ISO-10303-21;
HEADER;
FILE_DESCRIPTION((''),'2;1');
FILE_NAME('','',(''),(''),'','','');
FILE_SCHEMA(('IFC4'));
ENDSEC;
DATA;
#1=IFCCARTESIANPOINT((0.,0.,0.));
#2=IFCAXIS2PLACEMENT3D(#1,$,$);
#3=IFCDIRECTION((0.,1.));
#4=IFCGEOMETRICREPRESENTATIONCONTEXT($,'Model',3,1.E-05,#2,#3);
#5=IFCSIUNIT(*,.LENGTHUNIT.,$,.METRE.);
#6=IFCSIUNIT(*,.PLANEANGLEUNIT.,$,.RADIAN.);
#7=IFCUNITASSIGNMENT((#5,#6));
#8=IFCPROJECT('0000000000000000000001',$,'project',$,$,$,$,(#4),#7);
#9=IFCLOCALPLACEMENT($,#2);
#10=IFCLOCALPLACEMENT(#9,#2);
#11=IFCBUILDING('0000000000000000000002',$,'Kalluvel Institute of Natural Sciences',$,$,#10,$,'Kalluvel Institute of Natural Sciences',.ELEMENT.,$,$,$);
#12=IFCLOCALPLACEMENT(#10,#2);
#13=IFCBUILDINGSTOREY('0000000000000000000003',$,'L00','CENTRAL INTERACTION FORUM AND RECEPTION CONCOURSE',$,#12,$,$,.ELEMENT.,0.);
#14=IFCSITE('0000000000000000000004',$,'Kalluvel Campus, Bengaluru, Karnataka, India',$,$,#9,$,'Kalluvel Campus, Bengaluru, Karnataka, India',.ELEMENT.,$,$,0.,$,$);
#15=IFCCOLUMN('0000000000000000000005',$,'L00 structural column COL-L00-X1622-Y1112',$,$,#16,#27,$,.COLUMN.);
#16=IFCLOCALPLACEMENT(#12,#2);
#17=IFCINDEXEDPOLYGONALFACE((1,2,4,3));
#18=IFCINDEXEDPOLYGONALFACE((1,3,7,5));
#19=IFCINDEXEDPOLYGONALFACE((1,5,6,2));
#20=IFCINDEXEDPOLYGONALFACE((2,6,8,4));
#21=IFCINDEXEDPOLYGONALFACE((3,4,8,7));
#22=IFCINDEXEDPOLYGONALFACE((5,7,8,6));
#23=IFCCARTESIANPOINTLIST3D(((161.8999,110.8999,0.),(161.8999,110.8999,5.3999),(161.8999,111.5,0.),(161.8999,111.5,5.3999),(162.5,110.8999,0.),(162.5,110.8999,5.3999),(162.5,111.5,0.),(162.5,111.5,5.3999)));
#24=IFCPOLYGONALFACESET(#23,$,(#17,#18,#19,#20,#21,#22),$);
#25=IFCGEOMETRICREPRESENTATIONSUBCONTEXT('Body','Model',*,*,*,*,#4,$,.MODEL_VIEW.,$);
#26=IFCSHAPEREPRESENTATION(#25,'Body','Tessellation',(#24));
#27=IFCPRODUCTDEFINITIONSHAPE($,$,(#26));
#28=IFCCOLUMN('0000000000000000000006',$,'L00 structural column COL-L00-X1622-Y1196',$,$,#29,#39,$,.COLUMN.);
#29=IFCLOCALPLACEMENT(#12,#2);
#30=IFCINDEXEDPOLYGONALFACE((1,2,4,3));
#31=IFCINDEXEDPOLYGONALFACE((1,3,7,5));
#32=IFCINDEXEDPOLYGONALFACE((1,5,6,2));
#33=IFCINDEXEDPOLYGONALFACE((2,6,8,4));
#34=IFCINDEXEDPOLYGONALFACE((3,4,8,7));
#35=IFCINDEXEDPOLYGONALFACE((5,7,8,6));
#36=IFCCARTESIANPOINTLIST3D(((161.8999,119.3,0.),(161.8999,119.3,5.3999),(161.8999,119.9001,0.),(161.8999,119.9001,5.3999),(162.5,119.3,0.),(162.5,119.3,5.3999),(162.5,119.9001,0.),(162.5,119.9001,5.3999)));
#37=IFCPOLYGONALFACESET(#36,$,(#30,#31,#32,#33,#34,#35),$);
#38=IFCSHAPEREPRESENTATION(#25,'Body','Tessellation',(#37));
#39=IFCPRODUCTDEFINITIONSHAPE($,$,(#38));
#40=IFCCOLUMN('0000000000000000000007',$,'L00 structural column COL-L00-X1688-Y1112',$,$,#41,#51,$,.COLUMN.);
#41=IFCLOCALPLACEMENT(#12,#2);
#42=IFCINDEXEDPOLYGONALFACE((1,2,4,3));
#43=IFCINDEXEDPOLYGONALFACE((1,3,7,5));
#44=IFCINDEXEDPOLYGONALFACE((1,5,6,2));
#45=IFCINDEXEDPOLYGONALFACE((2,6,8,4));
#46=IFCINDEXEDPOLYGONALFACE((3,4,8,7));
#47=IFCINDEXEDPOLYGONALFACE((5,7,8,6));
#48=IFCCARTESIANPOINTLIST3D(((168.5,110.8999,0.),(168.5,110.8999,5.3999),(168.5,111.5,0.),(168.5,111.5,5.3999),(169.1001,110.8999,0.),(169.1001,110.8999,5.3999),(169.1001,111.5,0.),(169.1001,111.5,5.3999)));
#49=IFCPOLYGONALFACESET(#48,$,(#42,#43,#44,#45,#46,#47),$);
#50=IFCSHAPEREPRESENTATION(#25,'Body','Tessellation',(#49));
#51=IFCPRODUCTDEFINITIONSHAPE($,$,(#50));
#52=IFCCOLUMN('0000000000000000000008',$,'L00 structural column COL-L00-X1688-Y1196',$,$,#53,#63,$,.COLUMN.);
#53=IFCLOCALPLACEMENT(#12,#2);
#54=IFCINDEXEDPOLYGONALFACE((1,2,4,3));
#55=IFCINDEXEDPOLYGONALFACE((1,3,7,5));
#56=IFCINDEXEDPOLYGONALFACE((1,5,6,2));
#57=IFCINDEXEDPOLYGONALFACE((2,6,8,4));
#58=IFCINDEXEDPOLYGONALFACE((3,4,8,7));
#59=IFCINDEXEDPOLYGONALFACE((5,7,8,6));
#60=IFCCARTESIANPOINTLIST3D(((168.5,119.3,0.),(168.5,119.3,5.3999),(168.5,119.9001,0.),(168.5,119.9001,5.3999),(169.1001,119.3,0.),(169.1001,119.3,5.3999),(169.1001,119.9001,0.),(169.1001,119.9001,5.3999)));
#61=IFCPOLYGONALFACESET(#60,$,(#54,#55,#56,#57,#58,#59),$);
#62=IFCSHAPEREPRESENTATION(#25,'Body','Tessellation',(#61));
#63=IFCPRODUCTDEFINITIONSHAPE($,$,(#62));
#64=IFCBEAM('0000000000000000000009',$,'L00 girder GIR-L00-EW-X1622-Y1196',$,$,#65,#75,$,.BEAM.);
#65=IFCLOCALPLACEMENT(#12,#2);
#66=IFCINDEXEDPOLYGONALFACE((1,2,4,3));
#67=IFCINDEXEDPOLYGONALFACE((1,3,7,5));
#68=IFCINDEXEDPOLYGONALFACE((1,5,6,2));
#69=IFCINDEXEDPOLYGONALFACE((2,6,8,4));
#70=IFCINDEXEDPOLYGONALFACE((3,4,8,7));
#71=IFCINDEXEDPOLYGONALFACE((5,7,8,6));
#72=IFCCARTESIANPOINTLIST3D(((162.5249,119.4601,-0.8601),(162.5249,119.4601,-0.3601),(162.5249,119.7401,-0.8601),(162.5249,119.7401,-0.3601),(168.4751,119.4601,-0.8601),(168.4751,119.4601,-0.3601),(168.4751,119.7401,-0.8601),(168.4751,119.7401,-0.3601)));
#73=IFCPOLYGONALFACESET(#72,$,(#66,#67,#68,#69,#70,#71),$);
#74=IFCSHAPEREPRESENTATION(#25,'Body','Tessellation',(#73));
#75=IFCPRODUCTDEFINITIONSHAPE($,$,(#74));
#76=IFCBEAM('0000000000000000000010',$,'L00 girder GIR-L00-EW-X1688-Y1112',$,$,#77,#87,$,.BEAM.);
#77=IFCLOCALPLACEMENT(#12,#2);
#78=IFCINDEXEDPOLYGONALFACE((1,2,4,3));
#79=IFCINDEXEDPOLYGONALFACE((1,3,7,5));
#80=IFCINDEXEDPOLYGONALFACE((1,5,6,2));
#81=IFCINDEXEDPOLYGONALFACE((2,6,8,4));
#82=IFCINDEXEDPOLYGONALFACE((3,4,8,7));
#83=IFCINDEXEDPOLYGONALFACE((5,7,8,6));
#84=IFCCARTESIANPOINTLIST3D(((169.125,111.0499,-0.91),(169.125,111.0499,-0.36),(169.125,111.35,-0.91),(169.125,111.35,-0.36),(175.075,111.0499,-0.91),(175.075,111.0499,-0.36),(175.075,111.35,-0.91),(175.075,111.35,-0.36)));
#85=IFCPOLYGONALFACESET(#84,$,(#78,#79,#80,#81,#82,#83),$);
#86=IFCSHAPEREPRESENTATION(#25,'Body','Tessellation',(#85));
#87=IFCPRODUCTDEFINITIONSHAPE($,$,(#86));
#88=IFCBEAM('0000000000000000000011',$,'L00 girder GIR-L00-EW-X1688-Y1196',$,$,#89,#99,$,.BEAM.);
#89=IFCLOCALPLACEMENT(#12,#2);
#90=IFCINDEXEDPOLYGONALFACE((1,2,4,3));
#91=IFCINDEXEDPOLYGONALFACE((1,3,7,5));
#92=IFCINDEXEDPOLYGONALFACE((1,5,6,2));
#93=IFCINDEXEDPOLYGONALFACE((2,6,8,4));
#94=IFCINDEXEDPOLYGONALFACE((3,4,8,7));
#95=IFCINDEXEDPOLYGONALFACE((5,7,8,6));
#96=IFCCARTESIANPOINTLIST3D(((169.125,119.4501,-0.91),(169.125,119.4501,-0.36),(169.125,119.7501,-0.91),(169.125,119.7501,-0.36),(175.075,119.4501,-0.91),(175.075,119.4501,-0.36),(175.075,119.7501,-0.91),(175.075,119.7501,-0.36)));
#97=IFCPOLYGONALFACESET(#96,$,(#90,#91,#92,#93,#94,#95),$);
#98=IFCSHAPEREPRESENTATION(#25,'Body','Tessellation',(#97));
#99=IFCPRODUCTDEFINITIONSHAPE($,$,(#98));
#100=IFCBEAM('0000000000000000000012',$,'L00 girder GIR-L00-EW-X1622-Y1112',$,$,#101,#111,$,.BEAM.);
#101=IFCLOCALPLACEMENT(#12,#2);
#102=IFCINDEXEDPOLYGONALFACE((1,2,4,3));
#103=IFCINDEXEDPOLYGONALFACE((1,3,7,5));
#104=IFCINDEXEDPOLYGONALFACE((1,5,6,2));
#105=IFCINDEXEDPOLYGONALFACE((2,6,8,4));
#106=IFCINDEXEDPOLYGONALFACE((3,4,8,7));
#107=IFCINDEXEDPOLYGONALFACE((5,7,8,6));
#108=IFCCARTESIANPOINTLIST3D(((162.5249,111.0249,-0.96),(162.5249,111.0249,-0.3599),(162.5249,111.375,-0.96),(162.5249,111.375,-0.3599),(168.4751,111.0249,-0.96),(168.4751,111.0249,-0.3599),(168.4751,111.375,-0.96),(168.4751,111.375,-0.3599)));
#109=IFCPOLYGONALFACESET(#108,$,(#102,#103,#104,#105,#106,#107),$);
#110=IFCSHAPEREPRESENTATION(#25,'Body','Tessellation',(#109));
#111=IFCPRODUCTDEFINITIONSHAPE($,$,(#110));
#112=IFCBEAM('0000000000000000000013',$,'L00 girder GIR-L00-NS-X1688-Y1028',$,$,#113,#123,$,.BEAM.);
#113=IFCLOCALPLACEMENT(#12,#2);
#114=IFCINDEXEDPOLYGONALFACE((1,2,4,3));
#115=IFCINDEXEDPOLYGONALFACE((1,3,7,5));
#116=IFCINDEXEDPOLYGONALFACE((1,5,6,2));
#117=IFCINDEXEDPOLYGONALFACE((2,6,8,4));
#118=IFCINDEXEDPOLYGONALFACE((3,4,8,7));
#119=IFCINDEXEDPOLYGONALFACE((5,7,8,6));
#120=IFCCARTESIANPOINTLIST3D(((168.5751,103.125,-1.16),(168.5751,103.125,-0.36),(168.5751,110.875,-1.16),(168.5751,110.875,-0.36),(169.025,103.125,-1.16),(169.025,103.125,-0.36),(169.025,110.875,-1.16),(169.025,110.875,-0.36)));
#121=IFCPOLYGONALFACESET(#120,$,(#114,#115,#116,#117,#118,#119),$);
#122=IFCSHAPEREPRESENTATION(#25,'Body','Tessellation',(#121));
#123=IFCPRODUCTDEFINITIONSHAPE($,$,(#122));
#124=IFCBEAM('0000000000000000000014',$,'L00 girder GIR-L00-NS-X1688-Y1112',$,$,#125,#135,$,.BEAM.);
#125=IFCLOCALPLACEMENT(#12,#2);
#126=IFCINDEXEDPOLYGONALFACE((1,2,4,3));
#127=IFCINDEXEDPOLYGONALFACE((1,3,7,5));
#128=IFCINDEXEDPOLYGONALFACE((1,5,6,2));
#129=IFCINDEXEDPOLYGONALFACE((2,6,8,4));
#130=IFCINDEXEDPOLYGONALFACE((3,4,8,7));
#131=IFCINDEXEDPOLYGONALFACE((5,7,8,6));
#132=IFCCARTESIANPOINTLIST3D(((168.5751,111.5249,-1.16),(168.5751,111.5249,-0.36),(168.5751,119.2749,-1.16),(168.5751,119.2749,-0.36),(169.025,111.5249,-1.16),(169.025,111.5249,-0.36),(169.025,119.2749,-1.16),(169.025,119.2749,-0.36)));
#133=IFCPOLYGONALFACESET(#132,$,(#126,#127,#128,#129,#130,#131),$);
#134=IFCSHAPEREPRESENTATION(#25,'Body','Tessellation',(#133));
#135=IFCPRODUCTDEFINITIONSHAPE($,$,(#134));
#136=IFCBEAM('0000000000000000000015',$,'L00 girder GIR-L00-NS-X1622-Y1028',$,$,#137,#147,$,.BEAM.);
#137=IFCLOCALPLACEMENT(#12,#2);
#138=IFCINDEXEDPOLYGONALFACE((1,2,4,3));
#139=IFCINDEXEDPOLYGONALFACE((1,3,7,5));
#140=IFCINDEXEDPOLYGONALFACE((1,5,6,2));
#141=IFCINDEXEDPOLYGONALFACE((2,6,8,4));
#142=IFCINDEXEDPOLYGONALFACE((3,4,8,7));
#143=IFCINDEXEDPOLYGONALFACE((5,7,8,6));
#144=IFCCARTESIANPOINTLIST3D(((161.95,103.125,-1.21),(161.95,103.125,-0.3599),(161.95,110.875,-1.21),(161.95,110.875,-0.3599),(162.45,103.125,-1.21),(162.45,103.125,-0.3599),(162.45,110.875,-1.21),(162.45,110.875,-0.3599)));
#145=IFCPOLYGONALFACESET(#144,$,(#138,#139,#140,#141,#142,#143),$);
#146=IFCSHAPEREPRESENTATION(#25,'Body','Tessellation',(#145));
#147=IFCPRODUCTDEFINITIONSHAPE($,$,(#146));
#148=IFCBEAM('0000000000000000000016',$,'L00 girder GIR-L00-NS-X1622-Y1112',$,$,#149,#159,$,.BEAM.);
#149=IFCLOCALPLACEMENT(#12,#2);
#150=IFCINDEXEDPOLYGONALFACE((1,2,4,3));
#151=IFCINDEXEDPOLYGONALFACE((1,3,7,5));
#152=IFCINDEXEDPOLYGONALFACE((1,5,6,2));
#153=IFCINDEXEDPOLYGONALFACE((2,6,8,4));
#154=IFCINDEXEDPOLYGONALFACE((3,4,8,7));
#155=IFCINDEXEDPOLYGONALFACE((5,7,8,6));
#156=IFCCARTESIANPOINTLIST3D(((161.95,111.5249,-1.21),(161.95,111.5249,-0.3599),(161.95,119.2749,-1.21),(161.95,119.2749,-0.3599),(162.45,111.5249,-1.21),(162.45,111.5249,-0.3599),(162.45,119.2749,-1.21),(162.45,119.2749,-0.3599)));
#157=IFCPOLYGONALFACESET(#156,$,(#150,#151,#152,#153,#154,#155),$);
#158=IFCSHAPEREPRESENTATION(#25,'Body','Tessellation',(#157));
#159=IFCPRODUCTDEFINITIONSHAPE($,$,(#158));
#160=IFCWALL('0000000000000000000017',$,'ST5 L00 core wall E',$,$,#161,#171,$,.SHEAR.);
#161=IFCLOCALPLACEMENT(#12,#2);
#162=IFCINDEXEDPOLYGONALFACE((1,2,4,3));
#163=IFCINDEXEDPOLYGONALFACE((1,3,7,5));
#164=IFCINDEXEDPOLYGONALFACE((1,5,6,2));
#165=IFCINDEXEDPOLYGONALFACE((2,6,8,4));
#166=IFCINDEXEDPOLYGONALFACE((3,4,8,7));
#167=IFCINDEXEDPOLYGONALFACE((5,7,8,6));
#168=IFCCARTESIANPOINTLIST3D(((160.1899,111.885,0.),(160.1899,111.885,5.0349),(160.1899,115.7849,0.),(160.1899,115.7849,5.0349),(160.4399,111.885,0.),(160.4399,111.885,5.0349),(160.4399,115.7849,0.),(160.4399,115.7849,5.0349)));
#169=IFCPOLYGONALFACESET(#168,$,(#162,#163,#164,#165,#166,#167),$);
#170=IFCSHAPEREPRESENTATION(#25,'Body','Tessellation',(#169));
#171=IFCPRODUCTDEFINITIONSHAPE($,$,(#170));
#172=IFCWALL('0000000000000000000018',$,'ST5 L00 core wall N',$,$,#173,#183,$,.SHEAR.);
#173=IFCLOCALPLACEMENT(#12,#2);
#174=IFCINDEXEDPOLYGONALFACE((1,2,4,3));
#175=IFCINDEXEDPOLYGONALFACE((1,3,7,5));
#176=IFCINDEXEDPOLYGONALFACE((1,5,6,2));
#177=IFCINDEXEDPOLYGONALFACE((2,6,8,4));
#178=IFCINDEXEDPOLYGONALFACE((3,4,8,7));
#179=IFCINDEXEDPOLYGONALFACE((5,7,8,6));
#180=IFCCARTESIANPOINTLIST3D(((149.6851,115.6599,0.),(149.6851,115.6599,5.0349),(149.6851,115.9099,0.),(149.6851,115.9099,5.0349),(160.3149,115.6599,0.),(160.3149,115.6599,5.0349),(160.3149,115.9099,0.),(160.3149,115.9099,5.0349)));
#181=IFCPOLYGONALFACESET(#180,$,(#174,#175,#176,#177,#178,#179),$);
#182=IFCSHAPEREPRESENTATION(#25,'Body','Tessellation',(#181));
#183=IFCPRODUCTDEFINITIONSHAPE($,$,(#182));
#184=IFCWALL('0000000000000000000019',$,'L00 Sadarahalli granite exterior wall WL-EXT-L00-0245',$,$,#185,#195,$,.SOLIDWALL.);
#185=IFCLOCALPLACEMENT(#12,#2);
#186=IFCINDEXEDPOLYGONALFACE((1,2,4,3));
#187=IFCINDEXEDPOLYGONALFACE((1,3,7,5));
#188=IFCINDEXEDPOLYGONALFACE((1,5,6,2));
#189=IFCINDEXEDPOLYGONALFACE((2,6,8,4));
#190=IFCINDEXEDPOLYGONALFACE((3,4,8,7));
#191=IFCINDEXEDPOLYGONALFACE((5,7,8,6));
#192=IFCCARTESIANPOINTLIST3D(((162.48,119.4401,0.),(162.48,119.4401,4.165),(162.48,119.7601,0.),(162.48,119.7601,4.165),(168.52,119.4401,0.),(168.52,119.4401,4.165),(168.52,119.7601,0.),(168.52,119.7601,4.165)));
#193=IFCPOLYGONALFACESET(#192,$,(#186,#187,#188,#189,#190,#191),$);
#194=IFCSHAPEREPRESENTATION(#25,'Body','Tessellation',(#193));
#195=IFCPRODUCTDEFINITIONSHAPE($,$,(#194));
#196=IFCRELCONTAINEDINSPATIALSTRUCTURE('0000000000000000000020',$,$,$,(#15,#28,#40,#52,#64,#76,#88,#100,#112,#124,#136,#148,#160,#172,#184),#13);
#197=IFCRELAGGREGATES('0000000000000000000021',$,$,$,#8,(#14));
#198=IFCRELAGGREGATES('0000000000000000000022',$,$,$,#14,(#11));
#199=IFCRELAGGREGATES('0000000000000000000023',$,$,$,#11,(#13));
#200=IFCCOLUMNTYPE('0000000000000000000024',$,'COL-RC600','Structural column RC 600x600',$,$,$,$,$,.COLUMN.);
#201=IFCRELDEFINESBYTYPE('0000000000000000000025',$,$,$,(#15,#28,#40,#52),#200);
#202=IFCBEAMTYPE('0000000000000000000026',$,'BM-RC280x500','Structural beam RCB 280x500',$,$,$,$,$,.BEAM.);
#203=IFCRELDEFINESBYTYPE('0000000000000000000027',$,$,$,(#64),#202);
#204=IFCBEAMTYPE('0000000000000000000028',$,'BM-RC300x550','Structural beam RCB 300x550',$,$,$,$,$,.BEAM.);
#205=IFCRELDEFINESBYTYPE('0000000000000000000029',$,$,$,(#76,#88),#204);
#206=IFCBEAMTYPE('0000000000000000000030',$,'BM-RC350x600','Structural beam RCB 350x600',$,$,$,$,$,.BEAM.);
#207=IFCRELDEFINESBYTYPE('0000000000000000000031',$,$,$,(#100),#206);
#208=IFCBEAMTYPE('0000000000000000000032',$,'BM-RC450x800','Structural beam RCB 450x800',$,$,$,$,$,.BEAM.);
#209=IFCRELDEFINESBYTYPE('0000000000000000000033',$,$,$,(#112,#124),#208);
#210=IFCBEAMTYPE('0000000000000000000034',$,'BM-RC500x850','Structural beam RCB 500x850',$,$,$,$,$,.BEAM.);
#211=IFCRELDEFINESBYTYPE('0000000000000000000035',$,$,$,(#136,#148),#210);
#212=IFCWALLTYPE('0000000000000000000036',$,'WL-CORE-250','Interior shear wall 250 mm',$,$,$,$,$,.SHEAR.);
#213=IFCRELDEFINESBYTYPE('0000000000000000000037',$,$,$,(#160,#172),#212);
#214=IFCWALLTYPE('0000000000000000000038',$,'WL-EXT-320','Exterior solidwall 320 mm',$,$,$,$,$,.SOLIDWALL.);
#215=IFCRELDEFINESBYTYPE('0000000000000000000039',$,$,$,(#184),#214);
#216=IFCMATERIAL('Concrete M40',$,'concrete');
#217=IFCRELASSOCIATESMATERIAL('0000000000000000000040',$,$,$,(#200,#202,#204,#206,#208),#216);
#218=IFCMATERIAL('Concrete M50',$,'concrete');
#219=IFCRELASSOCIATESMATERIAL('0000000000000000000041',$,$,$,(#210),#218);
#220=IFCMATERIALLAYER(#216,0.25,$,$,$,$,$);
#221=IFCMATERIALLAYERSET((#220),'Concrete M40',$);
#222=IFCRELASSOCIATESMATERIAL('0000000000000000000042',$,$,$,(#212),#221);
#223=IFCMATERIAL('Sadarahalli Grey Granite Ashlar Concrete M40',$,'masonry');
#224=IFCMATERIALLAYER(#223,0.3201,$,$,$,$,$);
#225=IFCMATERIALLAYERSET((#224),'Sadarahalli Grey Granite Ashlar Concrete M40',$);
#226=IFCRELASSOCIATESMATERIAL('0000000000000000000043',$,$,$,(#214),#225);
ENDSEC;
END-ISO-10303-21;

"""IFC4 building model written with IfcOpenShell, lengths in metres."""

from ifc_helpers import new_model, si_unit, direction, frame, frame_2d, origin, origin_2d, place, context, subcontext, project, spatial, rectangle, extrude, material, layer, layer_set, material_profile, profile_set, type_object, element, save


model = new_model("IFC4")

# Units and contexts
model_context = context("Model", 3, precision=1e-05, world=origin(), true_north=direction((0.0, 1.0)))
body_context = subcontext(model_context, "Body", "Model", "MODEL_VIEW")
ifc_project = project(units=[si_unit("LENGTHUNIT", "METRE"), si_unit("PLANEANGLEUNIT", "RADIAN")], contexts=[model_context])

# Site, building, storey
site_placement = place(None, origin())
site = spatial("IfcSite", under=ifc_project, at=site_placement, Name="Kalluvel Campus, Bengaluru, Karnataka, India", LongName="Kalluvel Campus, Bengaluru, Karnataka, India", CompositionType="ELEMENT", RefElevation=0.0)
building_placement = place(site_placement, origin())
building = spatial("IfcBuilding", under=site, at=building_placement, Name="Kalluvel Institute of Natural Sciences", LongName="Kalluvel Institute of Natural Sciences", CompositionType="ELEMENT")
storey_placement = place(building_placement, origin())
storey = spatial("IfcBuildingStorey", under=building, at=storey_placement, Name="L00", Description="CENTRAL INTERACTION FORUM AND RECEPTION CONCOURSE", CompositionType="ELEMENT", Elevation=0.0)

# Columns
ifc_material_1 = material(Name="Concrete M40", Category="concrete")
ifc_material_profile_1 = material_profile(ifc_material_1, rectangle(XDim=0.6001, YDim=0.6001, at=origin_2d()), Name="RC 600x600")
ifc_profile_set_1 = profile_set([ifc_material_profile_1], Name="Concrete M40")
column_type = type_object("IfcColumnType", Name="COL-RC600", Description="Structural column RC 600x600", PredefinedType="COLUMN", material=ifc_profile_set_1)
for number, where, z_axis, x_axis, name in (
    (1, (162.2, 111.2, 0.0), (0.0, 0.0, 1.0), (1.0, 0.0, 0.0), "L00 structural column COL-L00-X1622-Y1112"),
    (2, (162.2, 119.6001, 0.0), (0.0, 0.0, 1.0), (1.0, 0.0, 0.0), "L00 structural column COL-L00-X1622-Y1196"),
    (3, (168.8, 111.2, 0.0), (0.0, 0.0, 1.0), (1.0, 0.0, 0.0), "L00 structural column COL-L00-X1688-Y1112"),
    (4, (168.8, 119.6001, 0.0), (0.0, 0.0, 1.0), (1.0, 0.0, 0.0), "L00 structural column COL-L00-X1688-Y1196"),
):
    element("IfcColumn", number, at=place(storey_placement, frame(where, z_axis=z_axis, x_axis=x_axis)), inside=storey, type_object=column_type, Name=name, PredefinedType="COLUMN", context=body_context, shape_type="SweptSolid", body=[
        extrude(rectangle(XDim=0.6001, YDim=0.6001, at=origin_2d()), origin(), (0.0, 0.0, 1.0), 5.3999),
    ])

# Beams
ifc_material_profile_2 = material_profile(ifc_material_1, rectangle(XDim=0.28, YDim=0.5, at=origin_2d()), Name="RCB 280x500")
ifc_profile_set_2 = profile_set([ifc_material_profile_2], Name="Concrete M40")
beam_type_1 = type_object("IfcBeamType", Name="BM-RC280x500", Description="Structural beam RCB 280x500", PredefinedType="BEAM", material=ifc_profile_set_2)
beam_1_placement = place(storey_placement, frame((162.5249, 119.6001, -0.6101), z_axis=(1.0, 0.0, 0.0), x_axis=(0.0, 1.0, 0.0)))
element("IfcBeam", 5, at=beam_1_placement, inside=storey, type_object=beam_type_1, Name="L00 girder GIR-L00-EW-X1622-Y1196", PredefinedType="BEAM", context=body_context, shape_type="SweptSolid", body=[
    extrude(rectangle(XDim=0.28, YDim=0.5, at=origin_2d()), origin(), (0.0, 0.0, 1.0), 5.9502),
])
ifc_material_profile_3 = material_profile(ifc_material_1, rectangle(XDim=0.3, YDim=0.55, at=origin_2d()), Name="RCB 300x550")
ifc_profile_set_3 = profile_set([ifc_material_profile_3], Name="Concrete M40")
beam_type_2 = type_object("IfcBeamType", Name="BM-RC300x550", Description="Structural beam RCB 300x550", PredefinedType="BEAM", material=ifc_profile_set_3)
for number, where, z_axis, x_axis, name in (
    (6, (169.125, 111.2, -0.635), (1.0, 0.0, 0.0), (0.0, 1.0, 0.0), "L00 girder GIR-L00-EW-X1688-Y1112"),
    (7, (169.125, 119.6001, -0.635), (1.0, 0.0, 0.0), (0.0, 1.0, 0.0), "L00 girder GIR-L00-EW-X1688-Y1196"),
):
    element("IfcBeam", number, at=place(storey_placement, frame(where, z_axis=z_axis, x_axis=x_axis)), inside=storey, type_object=beam_type_2, Name=name, PredefinedType="BEAM", context=body_context, shape_type="SweptSolid", body=[
        extrude(rectangle(XDim=0.3, YDim=0.55, at=origin_2d()), origin(), (0.0, 0.0, 1.0), 5.95),
    ])
ifc_material_profile_4 = material_profile(ifc_material_1, rectangle(XDim=0.3501, YDim=0.6001, at=origin_2d()), Name="RCB 350x600")
ifc_profile_set_4 = profile_set([ifc_material_profile_4], Name="Concrete M40")
beam_type_3 = type_object("IfcBeamType", Name="BM-RC350x600", Description="Structural beam RCB 350x600", PredefinedType="BEAM", material=ifc_profile_set_4)
beam_2_placement = place(storey_placement, frame((162.5249, 111.2, -0.6599), z_axis=(1.0, 0.0, 0.0), x_axis=(0.0, 1.0, 0.0)))
element("IfcBeam", 8, at=beam_2_placement, inside=storey, type_object=beam_type_3, Name="L00 girder GIR-L00-EW-X1622-Y1112", PredefinedType="BEAM", context=body_context, shape_type="SweptSolid", body=[
    extrude(rectangle(XDim=0.3501, YDim=0.6001, at=origin_2d()), origin(), (0.0, 0.0, 1.0), 5.9502),
])
ifc_material_profile_5 = material_profile(ifc_material_1, rectangle(XDim=0.45, YDim=0.8, at=origin_2d()), Name="RCB 450x800")
ifc_profile_set_5 = profile_set([ifc_material_profile_5], Name="Concrete M40")
beam_type_4 = type_object("IfcBeamType", Name="BM-RC450x800", Description="Structural beam RCB 450x800", PredefinedType="BEAM", material=ifc_profile_set_5)
for number, where, z_axis, x_axis, name in (
    (9, (168.8, 103.125, -0.76), (0.0, 1.0, 0.0), (-1.0, 0.0, 0.0), "L00 girder GIR-L00-NS-X1688-Y1028"),
    (10, (168.8, 111.5249, -0.76), (0.0, 1.0, 0.0), (-1.0, 0.0, 0.0), "L00 girder GIR-L00-NS-X1688-Y1112"),
):
    element("IfcBeam", number, at=place(storey_placement, frame(where, z_axis=z_axis, x_axis=x_axis)), inside=storey, type_object=beam_type_4, Name=name, PredefinedType="BEAM", context=body_context, shape_type="SweptSolid", body=[
        extrude(rectangle(XDim=0.45, YDim=0.8, at=origin_2d()), origin(), (0.0, 0.0, 1.0), 7.75),
    ])
ifc_material_2 = material(Name="Concrete M50", Category="concrete")
ifc_material_profile_6 = material_profile(ifc_material_2, rectangle(XDim=0.5, YDim=0.8501, at=origin_2d()), Name="RCB 500x850")
ifc_profile_set_6 = profile_set([ifc_material_profile_6], Name="Concrete M50")
beam_type_5 = type_object("IfcBeamType", Name="BM-RC500x850", Description="Structural beam RCB 500x850", PredefinedType="BEAM", material=ifc_profile_set_6)
for number, where, z_axis, x_axis, name in (
    (11, (162.2, 103.125, -0.7849), (0.0, 1.0, 0.0), (-1.0, 0.0, 0.0), "L00 girder GIR-L00-NS-X1622-Y1028"),
    (12, (162.2, 111.5249, -0.7849), (0.0, 1.0, 0.0), (-1.0, 0.0, 0.0), "L00 girder GIR-L00-NS-X1622-Y1112"),
):
    element("IfcBeam", number, at=place(storey_placement, frame(where, z_axis=z_axis, x_axis=x_axis)), inside=storey, type_object=beam_type_5, Name=name, PredefinedType="BEAM", context=body_context, shape_type="SweptSolid", body=[
        extrude(rectangle(XDim=0.5, YDim=0.8501, at=origin_2d()), origin(), (0.0, 0.0, 1.0), 7.75),
    ])

# Walls
ifc_layer_1 = layer(ifc_material_1, 0.25)
ifc_layer_set_1 = layer_set([ifc_layer_1], Name="Concrete M40")
wall_type_1 = type_object("IfcWallType", Name="WL-CORE-250", Description="Interior shear wall 250 mm", PredefinedType="SHEAR", material=ifc_layer_set_1)
wall_1_placement = place(storey_placement, frame((160.3149, 111.885, 0.0), z_axis=(0.0, 0.0, 1.0), x_axis=(0.0, 1.0, 0.0)))
element("IfcWall", 13, at=wall_1_placement, inside=storey, type_object=wall_type_1, Name="ST5 L00 core wall E", PredefinedType="SHEAR", context=body_context, shape_type="SweptSolid", body=[
    extrude(rectangle(XDim=3.8999, YDim=0.25, at=frame_2d((1.95, 0.0))), origin(), (0.0, 0.0, 1.0), 5.0349),
])
wall_2_placement = place(storey_placement, frame((160.3149, 115.7849, 0.0), z_axis=(0.0, 0.0, 1.0), x_axis=(-1.0, 0.0, 0.0)))
element("IfcWall", 14, at=wall_2_placement, inside=storey, type_object=wall_type_1, Name="ST5 L00 core wall N", PredefinedType="SHEAR", context=body_context, shape_type="SweptSolid", body=[
    extrude(rectangle(XDim=10.6299, YDim=0.25, at=frame_2d((5.3149, 0.0))), origin(), (0.0, 0.0, 1.0), 5.0349),
])
ifc_material_3 = material(Name="Sadarahalli Grey Granite Ashlar Concrete M40", Category="masonry")
ifc_layer_2 = layer(ifc_material_3, 0.3201)
ifc_layer_set_2 = layer_set([ifc_layer_2], Name="Sadarahalli Grey Granite Ashlar Concrete M40")
wall_type_2 = type_object("IfcWallType", Name="WL-EXT-320", Description="Exterior solidwall 320 mm", PredefinedType="SOLIDWALL", material=ifc_layer_set_2)
wall_3_placement = place(storey_placement, frame((162.48, 119.6001, 0.0), z_axis=(0.0, 0.0, 1.0), x_axis=(1.0, 0.0, 0.0)))
element("IfcWall", 15, at=wall_3_placement, inside=storey, type_object=wall_type_2, Name="L00 Sadarahalli granite exterior wall WL-EXT-L00-0245", PredefinedType="SOLIDWALL", context=body_context, shape_type="SweptSolid", body=[
    extrude(rectangle(XDim=6.04, YDim=0.3201, at=frame_2d((3.02, 0.0))), origin(), (0.0, 0.0, 1.0), 4.165),
])

save(model, "model.ifc")
